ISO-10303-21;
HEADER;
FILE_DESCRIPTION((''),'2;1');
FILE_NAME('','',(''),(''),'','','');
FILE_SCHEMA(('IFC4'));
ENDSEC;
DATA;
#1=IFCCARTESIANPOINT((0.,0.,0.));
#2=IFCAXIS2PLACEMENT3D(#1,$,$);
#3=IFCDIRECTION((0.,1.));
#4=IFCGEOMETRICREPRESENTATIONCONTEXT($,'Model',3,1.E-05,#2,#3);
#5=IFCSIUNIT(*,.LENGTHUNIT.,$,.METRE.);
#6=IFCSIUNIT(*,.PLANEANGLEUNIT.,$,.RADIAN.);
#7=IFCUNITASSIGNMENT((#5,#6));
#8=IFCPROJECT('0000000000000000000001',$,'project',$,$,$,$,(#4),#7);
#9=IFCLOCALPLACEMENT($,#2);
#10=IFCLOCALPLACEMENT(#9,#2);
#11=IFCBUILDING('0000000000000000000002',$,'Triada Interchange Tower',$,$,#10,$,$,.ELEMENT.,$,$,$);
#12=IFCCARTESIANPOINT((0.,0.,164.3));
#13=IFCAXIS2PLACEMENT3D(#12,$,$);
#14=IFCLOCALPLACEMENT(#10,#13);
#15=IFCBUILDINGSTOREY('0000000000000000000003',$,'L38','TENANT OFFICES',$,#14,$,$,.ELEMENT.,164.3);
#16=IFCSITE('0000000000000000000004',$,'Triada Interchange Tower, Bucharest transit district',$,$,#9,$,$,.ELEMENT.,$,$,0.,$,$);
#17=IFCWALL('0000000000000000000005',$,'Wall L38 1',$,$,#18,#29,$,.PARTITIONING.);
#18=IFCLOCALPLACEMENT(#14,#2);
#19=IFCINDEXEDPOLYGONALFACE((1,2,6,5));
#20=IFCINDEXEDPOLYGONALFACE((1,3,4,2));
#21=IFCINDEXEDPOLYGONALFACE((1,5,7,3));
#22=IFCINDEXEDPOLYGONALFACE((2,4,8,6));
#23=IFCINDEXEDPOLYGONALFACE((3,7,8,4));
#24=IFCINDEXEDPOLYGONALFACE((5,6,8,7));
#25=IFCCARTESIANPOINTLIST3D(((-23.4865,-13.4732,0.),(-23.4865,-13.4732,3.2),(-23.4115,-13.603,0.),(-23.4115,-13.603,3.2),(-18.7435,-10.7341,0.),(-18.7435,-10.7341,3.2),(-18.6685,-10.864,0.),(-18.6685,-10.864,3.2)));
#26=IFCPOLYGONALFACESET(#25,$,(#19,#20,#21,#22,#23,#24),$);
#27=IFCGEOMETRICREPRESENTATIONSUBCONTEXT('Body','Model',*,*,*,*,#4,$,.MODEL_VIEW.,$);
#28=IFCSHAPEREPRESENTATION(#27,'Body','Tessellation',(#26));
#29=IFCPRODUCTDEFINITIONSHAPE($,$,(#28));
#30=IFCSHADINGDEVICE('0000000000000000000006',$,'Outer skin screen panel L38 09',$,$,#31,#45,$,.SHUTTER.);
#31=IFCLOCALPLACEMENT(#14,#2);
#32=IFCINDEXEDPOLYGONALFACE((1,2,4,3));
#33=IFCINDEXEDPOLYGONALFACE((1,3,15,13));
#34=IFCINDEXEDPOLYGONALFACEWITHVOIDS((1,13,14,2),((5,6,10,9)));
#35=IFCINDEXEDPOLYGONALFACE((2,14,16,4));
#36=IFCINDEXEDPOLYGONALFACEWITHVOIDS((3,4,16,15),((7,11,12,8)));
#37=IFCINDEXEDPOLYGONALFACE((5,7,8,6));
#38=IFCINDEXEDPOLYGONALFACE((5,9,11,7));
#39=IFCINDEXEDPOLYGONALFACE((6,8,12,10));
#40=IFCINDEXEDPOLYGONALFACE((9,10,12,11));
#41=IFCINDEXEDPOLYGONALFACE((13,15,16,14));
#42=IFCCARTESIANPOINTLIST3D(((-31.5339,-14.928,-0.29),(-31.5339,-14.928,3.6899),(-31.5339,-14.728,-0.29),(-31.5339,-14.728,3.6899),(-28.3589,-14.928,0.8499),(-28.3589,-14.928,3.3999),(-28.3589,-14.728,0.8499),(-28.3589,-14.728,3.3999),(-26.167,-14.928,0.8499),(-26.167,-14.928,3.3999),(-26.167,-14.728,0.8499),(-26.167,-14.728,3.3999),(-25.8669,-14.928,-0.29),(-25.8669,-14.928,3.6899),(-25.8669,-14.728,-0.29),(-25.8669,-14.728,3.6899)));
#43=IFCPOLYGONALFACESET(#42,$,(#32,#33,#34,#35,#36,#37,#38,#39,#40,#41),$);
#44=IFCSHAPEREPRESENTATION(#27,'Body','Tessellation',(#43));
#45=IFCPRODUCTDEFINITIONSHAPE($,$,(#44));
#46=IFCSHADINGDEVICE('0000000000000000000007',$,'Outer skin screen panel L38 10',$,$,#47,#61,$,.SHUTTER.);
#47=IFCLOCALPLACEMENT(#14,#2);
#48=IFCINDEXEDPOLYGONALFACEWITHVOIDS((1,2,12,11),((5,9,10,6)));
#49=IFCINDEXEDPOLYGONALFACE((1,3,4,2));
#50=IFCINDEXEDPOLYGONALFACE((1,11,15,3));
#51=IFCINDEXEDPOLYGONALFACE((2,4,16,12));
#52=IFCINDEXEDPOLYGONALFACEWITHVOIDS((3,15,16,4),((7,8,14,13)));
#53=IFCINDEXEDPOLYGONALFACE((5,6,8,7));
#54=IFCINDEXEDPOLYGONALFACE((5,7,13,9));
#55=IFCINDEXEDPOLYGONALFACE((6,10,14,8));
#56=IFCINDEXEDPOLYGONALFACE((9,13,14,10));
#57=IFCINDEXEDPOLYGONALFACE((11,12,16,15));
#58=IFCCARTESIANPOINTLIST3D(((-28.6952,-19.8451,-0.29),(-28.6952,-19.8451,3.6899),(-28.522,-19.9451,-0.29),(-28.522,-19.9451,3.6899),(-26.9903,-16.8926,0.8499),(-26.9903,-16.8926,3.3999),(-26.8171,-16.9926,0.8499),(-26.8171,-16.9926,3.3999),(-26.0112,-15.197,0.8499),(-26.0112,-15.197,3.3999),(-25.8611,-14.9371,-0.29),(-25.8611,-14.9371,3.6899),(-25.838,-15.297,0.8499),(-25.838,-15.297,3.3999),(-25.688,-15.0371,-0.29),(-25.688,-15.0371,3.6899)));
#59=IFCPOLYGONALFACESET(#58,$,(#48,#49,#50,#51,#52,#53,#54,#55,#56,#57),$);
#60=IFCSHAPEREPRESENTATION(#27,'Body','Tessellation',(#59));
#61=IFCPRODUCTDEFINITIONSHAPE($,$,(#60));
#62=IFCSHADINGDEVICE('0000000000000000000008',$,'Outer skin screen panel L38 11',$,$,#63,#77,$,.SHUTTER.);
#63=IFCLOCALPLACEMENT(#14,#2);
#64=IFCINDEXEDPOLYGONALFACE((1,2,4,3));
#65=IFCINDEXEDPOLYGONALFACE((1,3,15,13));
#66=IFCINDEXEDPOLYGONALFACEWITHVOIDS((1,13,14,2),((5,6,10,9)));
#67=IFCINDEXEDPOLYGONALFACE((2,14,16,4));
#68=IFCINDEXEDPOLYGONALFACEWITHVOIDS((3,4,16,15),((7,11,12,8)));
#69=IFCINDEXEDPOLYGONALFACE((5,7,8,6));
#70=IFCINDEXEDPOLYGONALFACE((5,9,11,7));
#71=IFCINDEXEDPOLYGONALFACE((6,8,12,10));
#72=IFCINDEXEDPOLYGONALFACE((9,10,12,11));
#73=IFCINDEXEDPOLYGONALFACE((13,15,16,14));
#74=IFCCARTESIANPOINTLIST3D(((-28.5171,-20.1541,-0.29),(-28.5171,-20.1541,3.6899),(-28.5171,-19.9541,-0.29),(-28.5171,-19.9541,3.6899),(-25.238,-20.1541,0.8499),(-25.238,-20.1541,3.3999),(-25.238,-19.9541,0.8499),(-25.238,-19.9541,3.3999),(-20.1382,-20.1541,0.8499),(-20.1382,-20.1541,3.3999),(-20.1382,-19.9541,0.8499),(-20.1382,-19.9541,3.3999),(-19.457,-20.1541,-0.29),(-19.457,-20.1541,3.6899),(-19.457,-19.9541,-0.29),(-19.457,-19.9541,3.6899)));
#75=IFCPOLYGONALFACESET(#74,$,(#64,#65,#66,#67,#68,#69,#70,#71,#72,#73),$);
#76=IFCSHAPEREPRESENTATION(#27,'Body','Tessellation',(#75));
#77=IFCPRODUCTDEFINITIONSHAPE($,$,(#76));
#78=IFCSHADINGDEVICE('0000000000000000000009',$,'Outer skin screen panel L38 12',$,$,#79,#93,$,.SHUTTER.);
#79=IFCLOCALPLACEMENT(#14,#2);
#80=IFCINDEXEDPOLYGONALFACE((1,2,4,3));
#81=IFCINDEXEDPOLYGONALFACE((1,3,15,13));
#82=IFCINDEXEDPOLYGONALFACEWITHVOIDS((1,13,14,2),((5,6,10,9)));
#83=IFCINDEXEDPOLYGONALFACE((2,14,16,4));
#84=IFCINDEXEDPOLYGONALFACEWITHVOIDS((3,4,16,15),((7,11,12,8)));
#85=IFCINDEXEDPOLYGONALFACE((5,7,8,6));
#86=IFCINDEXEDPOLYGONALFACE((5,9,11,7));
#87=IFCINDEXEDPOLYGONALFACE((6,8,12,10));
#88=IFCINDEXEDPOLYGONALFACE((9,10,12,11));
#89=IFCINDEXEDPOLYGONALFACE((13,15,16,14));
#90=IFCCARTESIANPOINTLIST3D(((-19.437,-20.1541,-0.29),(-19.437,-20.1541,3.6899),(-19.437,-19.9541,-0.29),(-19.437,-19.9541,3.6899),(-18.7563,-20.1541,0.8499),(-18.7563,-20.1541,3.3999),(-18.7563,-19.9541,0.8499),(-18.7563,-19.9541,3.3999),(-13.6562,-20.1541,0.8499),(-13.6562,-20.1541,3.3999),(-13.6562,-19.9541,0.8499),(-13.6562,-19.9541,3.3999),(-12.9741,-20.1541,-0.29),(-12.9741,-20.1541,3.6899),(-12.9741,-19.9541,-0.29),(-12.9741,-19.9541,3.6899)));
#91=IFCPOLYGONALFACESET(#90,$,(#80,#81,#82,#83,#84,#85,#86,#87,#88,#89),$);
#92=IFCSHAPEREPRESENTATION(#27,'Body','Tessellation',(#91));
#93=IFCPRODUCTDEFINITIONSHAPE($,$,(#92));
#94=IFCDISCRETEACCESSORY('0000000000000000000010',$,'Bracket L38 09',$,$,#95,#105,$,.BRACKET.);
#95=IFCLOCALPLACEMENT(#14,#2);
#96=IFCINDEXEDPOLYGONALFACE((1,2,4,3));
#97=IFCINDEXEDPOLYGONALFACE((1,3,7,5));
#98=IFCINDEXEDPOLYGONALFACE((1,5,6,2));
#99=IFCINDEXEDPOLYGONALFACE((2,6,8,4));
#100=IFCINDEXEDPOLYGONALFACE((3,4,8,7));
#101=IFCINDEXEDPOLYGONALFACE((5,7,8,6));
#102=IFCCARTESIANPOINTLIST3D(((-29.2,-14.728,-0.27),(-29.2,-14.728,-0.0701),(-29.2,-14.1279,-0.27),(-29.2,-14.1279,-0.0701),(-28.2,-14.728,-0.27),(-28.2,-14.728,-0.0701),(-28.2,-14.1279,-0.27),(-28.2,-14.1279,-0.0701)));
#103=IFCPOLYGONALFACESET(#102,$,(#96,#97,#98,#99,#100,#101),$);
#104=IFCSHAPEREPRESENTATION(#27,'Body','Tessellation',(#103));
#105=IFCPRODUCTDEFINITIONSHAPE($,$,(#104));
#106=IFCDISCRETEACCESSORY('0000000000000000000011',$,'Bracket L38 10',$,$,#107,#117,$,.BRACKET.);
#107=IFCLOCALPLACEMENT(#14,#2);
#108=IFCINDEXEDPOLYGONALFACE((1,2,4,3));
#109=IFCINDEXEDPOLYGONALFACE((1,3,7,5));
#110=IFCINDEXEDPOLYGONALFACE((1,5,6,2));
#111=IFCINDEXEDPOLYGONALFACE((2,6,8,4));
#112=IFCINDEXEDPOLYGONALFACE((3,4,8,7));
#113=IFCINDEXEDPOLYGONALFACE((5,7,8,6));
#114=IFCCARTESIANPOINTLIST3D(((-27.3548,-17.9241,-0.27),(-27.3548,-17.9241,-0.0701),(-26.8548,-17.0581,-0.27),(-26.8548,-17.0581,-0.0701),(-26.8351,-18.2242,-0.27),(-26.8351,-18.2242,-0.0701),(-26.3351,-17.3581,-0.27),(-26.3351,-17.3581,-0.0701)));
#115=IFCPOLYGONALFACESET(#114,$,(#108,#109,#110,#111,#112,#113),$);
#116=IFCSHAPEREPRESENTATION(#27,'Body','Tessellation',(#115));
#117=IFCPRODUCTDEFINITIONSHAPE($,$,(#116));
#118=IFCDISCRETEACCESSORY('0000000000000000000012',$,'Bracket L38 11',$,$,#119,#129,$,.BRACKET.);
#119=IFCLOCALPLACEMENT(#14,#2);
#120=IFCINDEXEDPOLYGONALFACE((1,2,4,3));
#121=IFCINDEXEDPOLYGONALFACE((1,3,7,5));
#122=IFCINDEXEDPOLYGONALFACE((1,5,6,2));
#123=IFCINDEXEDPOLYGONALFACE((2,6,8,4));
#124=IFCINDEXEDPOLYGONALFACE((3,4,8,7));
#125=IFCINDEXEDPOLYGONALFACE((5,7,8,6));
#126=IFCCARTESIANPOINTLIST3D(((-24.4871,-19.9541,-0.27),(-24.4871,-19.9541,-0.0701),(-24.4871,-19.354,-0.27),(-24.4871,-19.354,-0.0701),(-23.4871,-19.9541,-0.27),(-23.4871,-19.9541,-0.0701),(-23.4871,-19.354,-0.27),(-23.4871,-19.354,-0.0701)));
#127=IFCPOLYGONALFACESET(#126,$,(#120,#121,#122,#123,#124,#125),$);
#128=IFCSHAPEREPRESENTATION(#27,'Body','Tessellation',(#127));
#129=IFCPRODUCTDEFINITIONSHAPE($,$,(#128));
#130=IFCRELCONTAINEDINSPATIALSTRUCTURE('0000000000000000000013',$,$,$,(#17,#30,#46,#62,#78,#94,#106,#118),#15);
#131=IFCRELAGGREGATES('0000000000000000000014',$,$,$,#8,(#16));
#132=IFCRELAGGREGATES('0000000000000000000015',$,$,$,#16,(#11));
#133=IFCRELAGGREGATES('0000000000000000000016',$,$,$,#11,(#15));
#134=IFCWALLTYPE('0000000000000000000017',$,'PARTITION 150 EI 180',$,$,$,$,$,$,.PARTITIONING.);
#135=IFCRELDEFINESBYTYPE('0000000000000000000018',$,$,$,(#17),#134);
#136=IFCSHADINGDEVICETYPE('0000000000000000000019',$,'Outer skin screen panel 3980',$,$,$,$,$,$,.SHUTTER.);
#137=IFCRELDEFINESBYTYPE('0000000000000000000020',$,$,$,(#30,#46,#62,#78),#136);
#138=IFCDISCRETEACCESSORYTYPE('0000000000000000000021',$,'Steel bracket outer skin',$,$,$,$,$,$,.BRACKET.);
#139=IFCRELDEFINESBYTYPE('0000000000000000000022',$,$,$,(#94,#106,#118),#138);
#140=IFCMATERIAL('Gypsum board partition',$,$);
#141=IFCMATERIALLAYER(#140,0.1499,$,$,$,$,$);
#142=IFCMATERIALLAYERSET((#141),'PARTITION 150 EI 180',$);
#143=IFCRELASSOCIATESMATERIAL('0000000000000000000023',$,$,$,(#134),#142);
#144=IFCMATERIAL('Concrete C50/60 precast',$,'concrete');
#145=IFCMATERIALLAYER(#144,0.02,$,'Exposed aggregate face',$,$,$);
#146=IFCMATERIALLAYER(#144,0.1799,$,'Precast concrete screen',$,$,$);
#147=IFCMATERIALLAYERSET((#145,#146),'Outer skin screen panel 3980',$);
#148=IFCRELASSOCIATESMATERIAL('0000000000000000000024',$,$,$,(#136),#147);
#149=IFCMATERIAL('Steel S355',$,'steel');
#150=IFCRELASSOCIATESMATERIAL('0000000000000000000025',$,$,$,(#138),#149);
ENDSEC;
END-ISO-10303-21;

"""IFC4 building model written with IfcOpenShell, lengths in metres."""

from ifc_helpers import new_model, si_unit, direction, frame, frame_2d, origin, origin_2d, place, context, subcontext, project, spatial, polyline, rectangle, outline, extrude, material, layer, layer_set, type_object, element, save


model = new_model("IFC4")

# Units and contexts
model_context = context("Model", 3, precision=1e-05, world=origin(), true_north=direction((0.0, 1.0)))
body_context = subcontext(model_context, "Body", "Model", "MODEL_VIEW")
ifc_project = project(units=[si_unit("LENGTHUNIT", "METRE"), si_unit("PLANEANGLEUNIT", "RADIAN")], contexts=[model_context])

# Site, building, storey
site_placement = place(None, origin())
site = spatial("IfcSite", under=ifc_project, at=site_placement, Name="Triada Interchange Tower, Bucharest transit district", CompositionType="ELEMENT", RefElevation=0.0)
building_placement = place(site_placement, origin())
building = spatial("IfcBuilding", under=site, at=building_placement, Name="Triada Interchange Tower", CompositionType="ELEMENT")
storey_placement = place(building_placement, frame((0.0, 0.0, 164.3)))
storey = spatial("IfcBuildingStorey", under=building, at=storey_placement, Name="L38", Description="TENANT OFFICES", CompositionType="ELEMENT", Elevation=164.3)

# Wall
ifc_material_1 = material(Name="Gypsum board partition")
ifc_layer_1 = layer(ifc_material_1, 0.1499)
ifc_layer_set_1 = layer_set([ifc_layer_1], Name="PARTITION 150 EI 180")
wall_type_1 = type_object("IfcWallType", Name="PARTITION 150 EI 180", PredefinedType="PARTITIONING", material=ifc_layer_set_1)
wall_1_placement = place(storey_placement, frame((-23.449, -13.5381, 0.0), z_axis=(0.0, 0.0, 1.0), x_axis=(0.865971, 0.500094, 0.0)))
element("IfcWall", 1, at=wall_1_placement, inside=storey, type_object=wall_type_1, Name="Wall L38 1", PredefinedType="PARTITIONING", context=body_context, shape_type="SweptSolid", body=[
    extrude(rectangle(XDim=5.4771, YDim=0.1499, at=frame_2d((2.7385, 0.0))), origin(), (0.0, 0.0, 1.0), 3.2),
])

# Shading devices
ifc_material_2 = material(Name="Concrete C50/60 precast", Category="concrete")
ifc_layer_2 = layer(ifc_material_2, 0.02, Name="Exposed aggregate face")
ifc_layer_3 = layer(ifc_material_2, 0.1799, Name="Precast concrete screen")
ifc_layer_set_2 = layer_set([ifc_layer_2, ifc_layer_3], Name="Outer skin screen panel 3980")
shading_device_type = type_object("IfcShadingDeviceType", Name="Outer skin screen panel 3980", PredefinedType="SHUTTER", material=ifc_layer_set_2)
shading_device_1_placement = place(storey_placement, frame((-31.5339, -14.728, -0.29), z_axis=(0.0, 0.0, 1.0), x_axis=(1.0, 0.0, 0.0)))
element("IfcShadingDevice", 2, at=shading_device_1_placement, inside=storey, type_object=shading_device_type, Name="Outer skin screen panel L38 09", PredefinedType="SHUTTER", context=body_context, shape_type="SweptSolid", body=[
    extrude(outline(polyline([(0.0, 0.0), (5.667, 0.0), (5.667, 3.98), (0.0, 3.98), (0.0, 0.0)]), holes=[polyline([(3.175, 1.1399), (3.175, 3.6899), (5.3669, 3.6899), (5.3669, 1.1399), (3.175, 1.1399)])]), frame((0.0, 0.0, 0.0), z_axis=(0.0, -1.0, 0.0), x_axis=(1.0, 0.0, 0.0)), (0.0, 0.0, 1.0), 0.2),
])
shading_device_2_placement = place(storey_placement, frame((-25.688, -15.0371, -0.29), z_axis=(0.0, 0.0, 1.0), x_axis=(-0.500049, -0.865997, 0.0)))
element("IfcShadingDevice", 3, at=shading_device_2_placement, inside=storey, type_object=shading_device_type, Name="Outer skin screen panel L38 10", PredefinedType="SHUTTER", context=body_context, shape_type="SweptSolid", body=[
    extrude(outline(polyline([(0.0, 0.0), (5.6675, 0.0), (5.6675, 3.98), (0.0, 3.98), (0.0, 0.0)]), holes=[polyline([(0.3, 1.1399), (0.3, 3.6899), (2.2581, 3.6899), (2.2581, 1.1399), (0.3, 1.1399)])]), frame((0.0, 0.0, 0.0), z_axis=(0.0, -1.0, 0.0), x_axis=(1.0, 0.0, 0.0)), (0.0, 0.0, 1.0), 0.2),
])
shading_device_3_placement = place(storey_placement, frame((-28.5171, -19.9541, -0.29), z_axis=(0.0, 0.0, 1.0), x_axis=(1.0, 0.0, 0.0)))
element("IfcShadingDevice", 4, at=shading_device_3_placement, inside=storey, type_object=shading_device_type, Name="Outer skin screen panel L38 11", PredefinedType="SHUTTER", context=body_context, shape_type="SweptSolid", body=[
    extrude(outline(polyline([(0.0, 0.0), (9.0601, 0.0), (9.0601, 3.98), (0.0, 3.98), (0.0, 0.0)]), holes=[polyline([(3.2791, 1.1399), (3.2791, 3.6899), (8.3789, 3.6899), (8.3789, 1.1399), (3.2791, 1.1399)])]), frame((0.0, 0.0, 0.0), z_axis=(0.0, -1.0, 0.0), x_axis=(1.0, 0.0, 0.0)), (0.0, 0.0, 1.0), 0.2),
])
shading_device_4_placement = place(storey_placement, frame((-19.437, -19.9541, -0.29), z_axis=(0.0, 0.0, 1.0), x_axis=(1.0, 0.0, 0.0)))
element("IfcShadingDevice", 5, at=shading_device_4_placement, inside=storey, type_object=shading_device_type, Name="Outer skin screen panel L38 12", PredefinedType="SHUTTER", context=body_context, shape_type="SweptSolid", body=[
    extrude(outline(polyline([(0.0, 0.0), (6.4629, 0.0), (6.4629, 3.98), (0.0, 3.98), (0.0, 0.0)]), holes=[polyline([(0.6807, 1.1399), (0.6807, 3.6899), (5.7808, 3.6899), (5.7808, 1.1399), (0.6807, 1.1399)])]), frame((0.0, 0.0, 0.0), z_axis=(0.0, -1.0, 0.0), x_axis=(1.0, 0.0, 0.0)), (0.0, 0.0, 1.0), 0.2),
])

# Discrete accessories
ifc_material_3 = material(Name="Steel S355", Category="steel")
discrete_accessory_type = type_object("IfcDiscreteAccessoryType", Name="Steel bracket outer skin", PredefinedType="BRACKET", material=ifc_material_3)
for number, where, z_axis, x_axis, name in (
    (6, (-28.7, -14.428, -0.27), (0.0, 0.0, 1.0), (0.0, -1.0, 0.0), "Bracket L38 09"),
    (7, (-26.845, -17.6411, -0.27), (0.0, 0.0, 1.0), (-0.866042, 0.499971, 0.0), "Bracket L38 10"),
    (8, (-23.9871, -19.6541, -0.27), (0.0, 0.0, 1.0), (0.0, -1.0, 0.0), "Bracket L38 11"),
):
    element("IfcDiscreteAccessory", number, at=place(storey_placement, frame(where, z_axis=z_axis, x_axis=x_axis)), inside=storey, type_object=discrete_accessory_type, Name=name, PredefinedType="BRACKET", context=body_context, shape_type="SweptSolid", body=[
        extrude(rectangle(XDim=0.6001, YDim=1.0, at=origin_2d()), origin(), (0.0, 0.0, 1.0), 0.2),
    ])

save(model, "model.ifc")
